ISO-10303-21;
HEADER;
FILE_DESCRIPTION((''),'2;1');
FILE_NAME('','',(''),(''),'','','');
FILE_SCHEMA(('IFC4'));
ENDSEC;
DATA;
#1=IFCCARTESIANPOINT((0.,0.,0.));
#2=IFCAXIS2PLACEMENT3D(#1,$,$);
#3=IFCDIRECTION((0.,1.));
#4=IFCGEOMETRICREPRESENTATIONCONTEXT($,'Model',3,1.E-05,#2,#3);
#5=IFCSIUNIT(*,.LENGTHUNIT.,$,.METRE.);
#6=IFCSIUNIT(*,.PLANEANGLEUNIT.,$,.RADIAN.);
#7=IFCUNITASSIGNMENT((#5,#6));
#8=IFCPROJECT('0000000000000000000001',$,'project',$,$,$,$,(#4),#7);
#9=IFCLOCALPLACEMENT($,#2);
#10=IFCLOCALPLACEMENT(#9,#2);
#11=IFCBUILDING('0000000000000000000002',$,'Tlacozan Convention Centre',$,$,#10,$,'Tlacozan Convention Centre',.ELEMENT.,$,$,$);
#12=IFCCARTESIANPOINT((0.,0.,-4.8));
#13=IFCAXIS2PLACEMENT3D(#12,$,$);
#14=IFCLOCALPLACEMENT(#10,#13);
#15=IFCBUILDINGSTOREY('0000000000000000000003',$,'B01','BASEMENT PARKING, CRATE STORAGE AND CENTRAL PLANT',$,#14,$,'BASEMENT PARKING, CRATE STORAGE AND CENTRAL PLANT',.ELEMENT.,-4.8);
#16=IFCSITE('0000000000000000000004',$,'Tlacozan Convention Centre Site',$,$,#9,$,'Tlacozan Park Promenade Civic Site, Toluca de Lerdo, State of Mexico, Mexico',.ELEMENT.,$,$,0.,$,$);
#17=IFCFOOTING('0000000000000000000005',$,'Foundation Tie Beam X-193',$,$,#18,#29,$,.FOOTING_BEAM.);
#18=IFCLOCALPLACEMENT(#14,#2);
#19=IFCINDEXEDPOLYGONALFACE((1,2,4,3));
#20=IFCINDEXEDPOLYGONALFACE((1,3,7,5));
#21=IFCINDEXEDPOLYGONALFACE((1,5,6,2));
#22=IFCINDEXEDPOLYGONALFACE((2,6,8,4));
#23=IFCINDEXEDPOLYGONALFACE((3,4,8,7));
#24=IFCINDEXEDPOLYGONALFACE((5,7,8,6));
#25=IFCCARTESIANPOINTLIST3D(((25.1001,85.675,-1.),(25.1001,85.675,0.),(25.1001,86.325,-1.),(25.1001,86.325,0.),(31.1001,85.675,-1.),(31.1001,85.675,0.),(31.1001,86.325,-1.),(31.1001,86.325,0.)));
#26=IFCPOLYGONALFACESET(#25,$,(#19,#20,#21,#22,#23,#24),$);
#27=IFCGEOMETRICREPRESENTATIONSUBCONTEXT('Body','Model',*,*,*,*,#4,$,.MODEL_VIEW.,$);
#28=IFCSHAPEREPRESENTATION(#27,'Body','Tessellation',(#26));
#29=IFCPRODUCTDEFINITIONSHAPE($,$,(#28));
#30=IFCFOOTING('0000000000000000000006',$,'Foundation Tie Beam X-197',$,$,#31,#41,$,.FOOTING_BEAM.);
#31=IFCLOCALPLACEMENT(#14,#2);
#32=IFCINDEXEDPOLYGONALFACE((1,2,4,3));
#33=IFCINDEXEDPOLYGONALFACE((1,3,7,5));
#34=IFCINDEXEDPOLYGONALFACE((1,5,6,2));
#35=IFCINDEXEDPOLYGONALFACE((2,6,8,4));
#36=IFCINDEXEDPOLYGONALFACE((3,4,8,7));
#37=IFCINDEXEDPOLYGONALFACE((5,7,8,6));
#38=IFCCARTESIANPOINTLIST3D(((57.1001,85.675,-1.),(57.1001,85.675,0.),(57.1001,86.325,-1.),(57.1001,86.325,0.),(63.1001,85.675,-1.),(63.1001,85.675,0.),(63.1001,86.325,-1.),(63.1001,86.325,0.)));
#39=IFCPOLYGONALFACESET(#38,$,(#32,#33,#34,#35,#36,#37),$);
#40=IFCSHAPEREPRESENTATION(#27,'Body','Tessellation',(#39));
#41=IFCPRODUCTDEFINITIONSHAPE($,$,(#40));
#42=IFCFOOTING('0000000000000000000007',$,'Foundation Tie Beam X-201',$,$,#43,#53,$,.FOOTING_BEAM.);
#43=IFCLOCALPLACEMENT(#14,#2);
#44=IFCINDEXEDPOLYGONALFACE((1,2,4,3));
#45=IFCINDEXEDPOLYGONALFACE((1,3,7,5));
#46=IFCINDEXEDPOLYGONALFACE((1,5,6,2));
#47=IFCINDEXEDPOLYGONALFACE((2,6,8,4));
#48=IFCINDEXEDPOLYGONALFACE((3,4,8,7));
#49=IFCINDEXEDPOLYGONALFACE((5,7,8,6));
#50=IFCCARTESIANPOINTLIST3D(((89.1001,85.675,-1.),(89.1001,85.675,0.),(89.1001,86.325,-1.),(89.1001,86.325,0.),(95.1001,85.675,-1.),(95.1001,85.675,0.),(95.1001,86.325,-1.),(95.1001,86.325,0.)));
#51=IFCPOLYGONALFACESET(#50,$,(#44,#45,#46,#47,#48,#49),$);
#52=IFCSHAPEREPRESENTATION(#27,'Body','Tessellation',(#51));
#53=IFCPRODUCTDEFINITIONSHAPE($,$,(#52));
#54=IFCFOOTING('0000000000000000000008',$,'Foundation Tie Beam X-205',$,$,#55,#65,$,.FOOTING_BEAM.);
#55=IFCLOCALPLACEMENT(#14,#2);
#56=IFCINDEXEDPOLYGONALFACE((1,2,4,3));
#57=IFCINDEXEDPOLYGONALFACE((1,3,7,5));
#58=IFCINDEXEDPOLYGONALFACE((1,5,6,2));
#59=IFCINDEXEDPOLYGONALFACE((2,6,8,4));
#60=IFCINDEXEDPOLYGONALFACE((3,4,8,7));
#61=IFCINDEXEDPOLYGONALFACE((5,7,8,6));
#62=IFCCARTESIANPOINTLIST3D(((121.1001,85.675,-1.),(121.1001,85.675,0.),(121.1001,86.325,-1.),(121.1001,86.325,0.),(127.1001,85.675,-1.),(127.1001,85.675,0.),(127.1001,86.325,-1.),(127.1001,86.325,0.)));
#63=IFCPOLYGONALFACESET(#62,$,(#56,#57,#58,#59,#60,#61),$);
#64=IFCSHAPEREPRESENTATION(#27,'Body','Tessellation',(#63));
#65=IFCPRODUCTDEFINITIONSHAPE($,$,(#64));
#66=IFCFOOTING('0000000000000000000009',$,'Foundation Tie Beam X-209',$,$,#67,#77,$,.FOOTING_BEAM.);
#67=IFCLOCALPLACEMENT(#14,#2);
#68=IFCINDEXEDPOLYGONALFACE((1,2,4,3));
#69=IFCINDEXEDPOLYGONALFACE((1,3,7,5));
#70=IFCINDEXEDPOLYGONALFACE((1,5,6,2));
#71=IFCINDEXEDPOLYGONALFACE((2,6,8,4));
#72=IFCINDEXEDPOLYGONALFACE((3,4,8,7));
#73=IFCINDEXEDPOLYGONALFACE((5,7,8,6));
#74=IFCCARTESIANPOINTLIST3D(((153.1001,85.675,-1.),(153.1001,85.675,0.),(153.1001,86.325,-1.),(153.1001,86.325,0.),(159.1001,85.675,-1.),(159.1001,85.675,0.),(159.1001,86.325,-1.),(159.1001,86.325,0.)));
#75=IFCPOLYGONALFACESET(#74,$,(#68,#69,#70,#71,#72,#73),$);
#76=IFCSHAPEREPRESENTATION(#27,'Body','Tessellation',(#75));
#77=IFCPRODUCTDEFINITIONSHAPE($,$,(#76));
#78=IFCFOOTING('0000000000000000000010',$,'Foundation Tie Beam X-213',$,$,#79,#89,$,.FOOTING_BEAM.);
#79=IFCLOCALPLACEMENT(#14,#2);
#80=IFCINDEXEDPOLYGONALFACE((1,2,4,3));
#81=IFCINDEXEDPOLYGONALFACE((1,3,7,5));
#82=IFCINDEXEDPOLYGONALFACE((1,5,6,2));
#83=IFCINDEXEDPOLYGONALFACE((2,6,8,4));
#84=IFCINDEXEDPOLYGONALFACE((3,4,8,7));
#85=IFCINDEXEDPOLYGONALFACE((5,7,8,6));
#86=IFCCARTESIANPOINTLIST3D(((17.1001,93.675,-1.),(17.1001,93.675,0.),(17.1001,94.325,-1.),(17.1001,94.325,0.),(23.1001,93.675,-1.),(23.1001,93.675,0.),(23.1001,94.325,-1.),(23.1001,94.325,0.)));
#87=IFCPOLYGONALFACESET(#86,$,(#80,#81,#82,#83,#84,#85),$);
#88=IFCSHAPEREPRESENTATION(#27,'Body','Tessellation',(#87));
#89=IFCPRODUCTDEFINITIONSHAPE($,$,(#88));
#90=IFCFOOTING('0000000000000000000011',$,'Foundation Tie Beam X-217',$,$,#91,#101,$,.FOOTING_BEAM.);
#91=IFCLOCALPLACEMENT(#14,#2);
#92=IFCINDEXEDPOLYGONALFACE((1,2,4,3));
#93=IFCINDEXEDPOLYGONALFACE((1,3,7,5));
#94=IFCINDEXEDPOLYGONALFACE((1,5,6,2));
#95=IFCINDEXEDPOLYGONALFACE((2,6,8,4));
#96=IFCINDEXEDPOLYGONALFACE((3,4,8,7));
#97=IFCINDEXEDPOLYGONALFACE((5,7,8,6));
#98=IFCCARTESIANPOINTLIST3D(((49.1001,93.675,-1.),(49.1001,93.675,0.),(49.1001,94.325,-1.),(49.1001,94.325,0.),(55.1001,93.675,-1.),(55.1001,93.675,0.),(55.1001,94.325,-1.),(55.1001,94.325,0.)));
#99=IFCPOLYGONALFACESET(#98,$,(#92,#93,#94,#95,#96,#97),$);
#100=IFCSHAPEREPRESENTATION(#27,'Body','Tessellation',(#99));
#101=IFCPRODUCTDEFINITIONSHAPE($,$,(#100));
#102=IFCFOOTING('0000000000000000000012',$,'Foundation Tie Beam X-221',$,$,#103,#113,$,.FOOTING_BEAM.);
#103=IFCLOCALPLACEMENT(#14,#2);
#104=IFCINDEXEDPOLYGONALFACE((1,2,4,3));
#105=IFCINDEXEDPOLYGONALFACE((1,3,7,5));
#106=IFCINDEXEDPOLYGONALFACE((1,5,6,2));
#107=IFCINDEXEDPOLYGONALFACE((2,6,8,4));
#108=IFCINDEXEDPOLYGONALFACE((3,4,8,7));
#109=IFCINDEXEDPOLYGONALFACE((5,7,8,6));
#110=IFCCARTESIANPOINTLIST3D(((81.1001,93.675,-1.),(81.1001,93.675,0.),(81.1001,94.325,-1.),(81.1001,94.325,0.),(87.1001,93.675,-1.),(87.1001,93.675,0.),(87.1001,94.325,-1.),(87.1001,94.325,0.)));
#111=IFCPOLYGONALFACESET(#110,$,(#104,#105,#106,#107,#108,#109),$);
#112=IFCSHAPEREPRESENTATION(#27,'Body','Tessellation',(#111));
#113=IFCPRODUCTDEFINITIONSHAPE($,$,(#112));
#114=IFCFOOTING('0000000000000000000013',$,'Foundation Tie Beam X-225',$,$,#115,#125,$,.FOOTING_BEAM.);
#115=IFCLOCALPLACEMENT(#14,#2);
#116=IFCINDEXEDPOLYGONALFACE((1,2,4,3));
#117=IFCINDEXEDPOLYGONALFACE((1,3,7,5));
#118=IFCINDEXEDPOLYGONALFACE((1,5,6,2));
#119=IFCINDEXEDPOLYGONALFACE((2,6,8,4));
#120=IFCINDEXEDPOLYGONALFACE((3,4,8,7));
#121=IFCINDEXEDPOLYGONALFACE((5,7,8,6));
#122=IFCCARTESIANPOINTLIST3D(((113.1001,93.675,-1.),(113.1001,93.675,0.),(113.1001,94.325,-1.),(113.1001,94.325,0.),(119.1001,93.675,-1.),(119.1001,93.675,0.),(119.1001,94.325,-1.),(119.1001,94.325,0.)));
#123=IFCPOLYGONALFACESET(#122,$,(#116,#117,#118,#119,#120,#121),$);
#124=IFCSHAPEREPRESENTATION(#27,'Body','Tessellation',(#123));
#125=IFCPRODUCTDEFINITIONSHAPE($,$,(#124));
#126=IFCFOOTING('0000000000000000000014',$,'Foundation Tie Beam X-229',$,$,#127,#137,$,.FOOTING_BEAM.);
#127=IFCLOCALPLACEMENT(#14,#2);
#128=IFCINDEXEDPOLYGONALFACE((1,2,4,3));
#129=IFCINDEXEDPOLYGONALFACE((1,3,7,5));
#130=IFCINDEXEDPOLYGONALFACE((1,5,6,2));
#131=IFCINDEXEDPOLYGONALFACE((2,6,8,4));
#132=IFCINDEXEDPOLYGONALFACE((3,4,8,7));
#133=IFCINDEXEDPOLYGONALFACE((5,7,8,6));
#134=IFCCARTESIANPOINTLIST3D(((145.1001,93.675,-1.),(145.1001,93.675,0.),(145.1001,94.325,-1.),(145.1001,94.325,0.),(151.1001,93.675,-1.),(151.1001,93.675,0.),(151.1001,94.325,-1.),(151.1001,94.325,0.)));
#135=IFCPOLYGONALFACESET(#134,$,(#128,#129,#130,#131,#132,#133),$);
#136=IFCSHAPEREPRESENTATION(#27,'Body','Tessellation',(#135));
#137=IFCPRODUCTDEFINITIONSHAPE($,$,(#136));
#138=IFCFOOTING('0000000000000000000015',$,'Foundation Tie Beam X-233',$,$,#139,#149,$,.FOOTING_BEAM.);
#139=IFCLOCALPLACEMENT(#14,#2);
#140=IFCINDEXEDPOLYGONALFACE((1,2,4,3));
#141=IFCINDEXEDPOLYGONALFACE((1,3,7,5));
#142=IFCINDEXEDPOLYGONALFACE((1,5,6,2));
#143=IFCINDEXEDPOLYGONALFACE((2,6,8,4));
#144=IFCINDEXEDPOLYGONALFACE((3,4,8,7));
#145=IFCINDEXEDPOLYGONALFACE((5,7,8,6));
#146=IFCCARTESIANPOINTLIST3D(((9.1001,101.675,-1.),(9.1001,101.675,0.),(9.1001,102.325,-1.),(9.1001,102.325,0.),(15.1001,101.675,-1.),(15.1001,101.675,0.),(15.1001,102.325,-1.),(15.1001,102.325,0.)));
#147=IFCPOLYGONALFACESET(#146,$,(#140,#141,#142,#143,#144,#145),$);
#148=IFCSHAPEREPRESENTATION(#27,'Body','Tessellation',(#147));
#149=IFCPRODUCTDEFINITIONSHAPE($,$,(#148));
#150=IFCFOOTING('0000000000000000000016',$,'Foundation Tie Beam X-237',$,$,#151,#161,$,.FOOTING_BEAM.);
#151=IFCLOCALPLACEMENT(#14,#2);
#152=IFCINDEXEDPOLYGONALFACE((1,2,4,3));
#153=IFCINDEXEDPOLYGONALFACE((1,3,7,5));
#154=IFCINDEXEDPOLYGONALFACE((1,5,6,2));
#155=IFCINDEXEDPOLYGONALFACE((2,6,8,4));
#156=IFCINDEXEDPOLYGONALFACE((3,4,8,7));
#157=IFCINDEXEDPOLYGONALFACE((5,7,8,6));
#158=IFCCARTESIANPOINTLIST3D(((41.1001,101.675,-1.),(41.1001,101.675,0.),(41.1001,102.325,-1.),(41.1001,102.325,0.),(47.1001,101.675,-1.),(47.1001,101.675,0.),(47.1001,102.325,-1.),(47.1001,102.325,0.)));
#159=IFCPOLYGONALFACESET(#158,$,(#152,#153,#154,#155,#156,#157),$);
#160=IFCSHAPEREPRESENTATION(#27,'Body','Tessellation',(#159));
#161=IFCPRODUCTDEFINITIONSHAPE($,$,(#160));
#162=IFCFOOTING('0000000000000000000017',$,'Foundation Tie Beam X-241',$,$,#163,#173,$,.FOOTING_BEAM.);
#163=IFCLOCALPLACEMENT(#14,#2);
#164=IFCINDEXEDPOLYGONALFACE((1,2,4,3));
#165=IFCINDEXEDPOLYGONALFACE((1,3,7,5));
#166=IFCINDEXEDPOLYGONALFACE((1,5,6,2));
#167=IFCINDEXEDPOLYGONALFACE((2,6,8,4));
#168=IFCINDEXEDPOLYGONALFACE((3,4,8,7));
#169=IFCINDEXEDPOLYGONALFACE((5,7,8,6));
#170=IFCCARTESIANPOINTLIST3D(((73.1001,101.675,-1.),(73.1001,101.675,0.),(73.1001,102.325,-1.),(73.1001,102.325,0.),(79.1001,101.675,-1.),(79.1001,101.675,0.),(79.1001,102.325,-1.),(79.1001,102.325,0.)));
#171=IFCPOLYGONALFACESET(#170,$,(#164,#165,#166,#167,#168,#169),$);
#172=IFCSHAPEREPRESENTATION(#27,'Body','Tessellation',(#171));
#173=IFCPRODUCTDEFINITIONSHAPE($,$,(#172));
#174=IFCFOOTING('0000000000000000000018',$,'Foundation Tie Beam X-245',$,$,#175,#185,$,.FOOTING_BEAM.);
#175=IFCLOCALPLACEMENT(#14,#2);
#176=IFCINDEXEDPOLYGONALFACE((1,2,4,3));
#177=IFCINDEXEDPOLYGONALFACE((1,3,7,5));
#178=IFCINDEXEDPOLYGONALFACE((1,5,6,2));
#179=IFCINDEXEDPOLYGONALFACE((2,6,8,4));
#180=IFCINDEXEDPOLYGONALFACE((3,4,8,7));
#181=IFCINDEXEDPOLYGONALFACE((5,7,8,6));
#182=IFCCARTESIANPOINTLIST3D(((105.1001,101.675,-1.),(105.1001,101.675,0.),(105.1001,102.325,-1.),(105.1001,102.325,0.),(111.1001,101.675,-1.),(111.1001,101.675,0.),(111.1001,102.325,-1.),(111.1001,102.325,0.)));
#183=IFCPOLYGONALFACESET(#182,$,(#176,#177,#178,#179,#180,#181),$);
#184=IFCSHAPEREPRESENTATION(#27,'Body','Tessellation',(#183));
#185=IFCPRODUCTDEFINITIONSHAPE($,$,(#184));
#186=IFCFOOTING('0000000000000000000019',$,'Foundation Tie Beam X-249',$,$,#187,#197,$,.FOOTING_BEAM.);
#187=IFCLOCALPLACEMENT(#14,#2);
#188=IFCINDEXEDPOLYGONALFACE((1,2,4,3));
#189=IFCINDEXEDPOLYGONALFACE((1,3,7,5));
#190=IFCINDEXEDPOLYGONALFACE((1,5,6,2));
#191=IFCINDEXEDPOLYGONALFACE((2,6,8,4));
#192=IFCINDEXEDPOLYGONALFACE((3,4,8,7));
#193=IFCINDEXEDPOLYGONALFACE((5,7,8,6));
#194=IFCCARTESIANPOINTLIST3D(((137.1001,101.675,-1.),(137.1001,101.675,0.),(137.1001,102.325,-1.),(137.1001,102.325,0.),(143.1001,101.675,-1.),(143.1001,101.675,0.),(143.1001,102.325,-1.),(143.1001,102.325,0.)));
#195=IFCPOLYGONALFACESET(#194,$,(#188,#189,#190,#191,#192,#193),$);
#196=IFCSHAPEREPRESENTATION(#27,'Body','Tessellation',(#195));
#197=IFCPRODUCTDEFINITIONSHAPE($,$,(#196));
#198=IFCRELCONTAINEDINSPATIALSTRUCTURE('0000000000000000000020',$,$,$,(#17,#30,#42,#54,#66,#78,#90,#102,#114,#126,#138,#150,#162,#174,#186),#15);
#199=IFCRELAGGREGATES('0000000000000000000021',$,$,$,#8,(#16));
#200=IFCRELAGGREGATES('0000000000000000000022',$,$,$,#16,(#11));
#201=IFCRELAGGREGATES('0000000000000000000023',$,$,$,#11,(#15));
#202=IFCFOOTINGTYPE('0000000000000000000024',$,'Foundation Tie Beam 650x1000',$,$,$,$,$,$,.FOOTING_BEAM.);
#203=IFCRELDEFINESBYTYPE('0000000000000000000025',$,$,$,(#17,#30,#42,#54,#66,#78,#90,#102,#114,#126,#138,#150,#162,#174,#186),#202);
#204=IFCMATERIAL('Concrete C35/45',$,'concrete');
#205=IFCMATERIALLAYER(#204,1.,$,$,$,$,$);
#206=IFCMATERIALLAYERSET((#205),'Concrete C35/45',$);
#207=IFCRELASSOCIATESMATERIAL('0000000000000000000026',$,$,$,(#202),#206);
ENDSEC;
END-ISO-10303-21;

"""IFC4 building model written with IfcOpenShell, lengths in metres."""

from ifc_helpers import new_model, si_unit, direction, frame, origin, place, context, subcontext, project, spatial, polyline, outline, extrude, material, layer, layer_set, type_object, element, save


model = new_model("IFC4")

# Units and contexts
model_context = context("Model", 3, precision=1e-05, world=origin(), true_north=direction((0.0, 1.0)))
body_context = subcontext(model_context, "Body", "Model", "MODEL_VIEW")
ifc_project = project(units=[si_unit("LENGTHUNIT", "METRE"), si_unit("PLANEANGLEUNIT", "RADIAN")], contexts=[model_context])

# Site, building, storey
site_placement = place(None, origin())
site = spatial("IfcSite", under=ifc_project, at=site_placement, Name="Tlacozan Convention Centre Site", LongName="Tlacozan Park Promenade Civic Site, Toluca de Lerdo, State of Mexico, Mexico", CompositionType="ELEMENT", RefElevation=0.0)
building_placement = place(site_placement, origin())
building = spatial("IfcBuilding", under=site, at=building_placement, Name="Tlacozan Convention Centre", LongName="Tlacozan Convention Centre", CompositionType="ELEMENT")
storey_placement = place(building_placement, frame((0.0, 0.0, -4.8)))
storey = spatial("IfcBuildingStorey", under=building, at=storey_placement, Name="B01", Description="BASEMENT PARKING, CRATE STORAGE AND CENTRAL PLANT", LongName="BASEMENT PARKING, CRATE STORAGE AND CENTRAL PLANT", CompositionType="ELEMENT", Elevation=-4.8)

# Footings
ifc_material = material(Name="Concrete C35/45", Category="concrete")
ifc_layer = layer(ifc_material, 1.0)
ifc_layer_set = layer_set([ifc_layer], Name="Concrete C35/45")
footing_type = type_object("IfcFootingType", Name="Foundation Tie Beam 650x1000", PredefinedType="FOOTING_BEAM", material=ifc_layer_set)
footing_1_placement = place(storey_placement, frame((0.0, 0.0, -1.0)))
element("IfcFooting", 1, at=footing_1_placement, inside=storey, type_object=footing_type, Name="Foundation Tie Beam X-193", PredefinedType="FOOTING_BEAM", context=body_context, shape_type="SweptSolid", body=[
    extrude(outline(polyline([(25.1001, 85.675), (31.1001, 85.675), (31.1001, 86.325), (25.1001, 86.325), (25.1001, 85.675)])), origin(), (0.0, 0.0, 1.0), 1.0),
])
footing_2_placement = place(storey_placement, frame((0.0, 0.0, -1.0)))
element("IfcFooting", 2, at=footing_2_placement, inside=storey, type_object=footing_type, Name="Foundation Tie Beam X-197", PredefinedType="FOOTING_BEAM", context=body_context, shape_type="SweptSolid", body=[
    extrude(outline(polyline([(57.1001, 85.675), (63.1001, 85.675), (63.1001, 86.325), (57.1001, 86.325), (57.1001, 85.675)])), origin(), (0.0, 0.0, 1.0), 1.0),
])
footing_3_placement = place(storey_placement, frame((0.0, 0.0, -1.0)))
element("IfcFooting", 3, at=footing_3_placement, inside=storey, type_object=footing_type, Name="Foundation Tie Beam X-201", PredefinedType="FOOTING_BEAM", context=body_context, shape_type="SweptSolid", body=[
    extrude(outline(polyline([(89.1001, 85.675), (95.1001, 85.675), (95.1001, 86.325), (89.1001, 86.325), (89.1001, 85.675)])), origin(), (0.0, 0.0, 1.0), 1.0),
])
footing_4_placement = place(storey_placement, frame((0.0, 0.0, -1.0)))
element("IfcFooting", 4, at=footing_4_placement, inside=storey, type_object=footing_type, Name="Foundation Tie Beam X-205", PredefinedType="FOOTING_BEAM", context=body_context, shape_type="SweptSolid", body=[
    extrude(outline(polyline([(121.1001, 85.675), (127.1001, 85.675), (127.1001, 86.325), (121.1001, 86.325), (121.1001, 85.675)])), origin(), (0.0, 0.0, 1.0), 1.0),
])
footing_5_placement = place(storey_placement, frame((0.0, 0.0, -1.0)))
element("IfcFooting", 5, at=footing_5_placement, inside=storey, type_object=footing_type, Name="Foundation Tie Beam X-209", PredefinedType="FOOTING_BEAM", context=body_context, shape_type="SweptSolid", body=[
    extrude(outline(polyline([(153.1001, 85.675), (159.1001, 85.675), (159.1001, 86.325), (153.1001, 86.325), (153.1001, 85.675)])), origin(), (0.0, 0.0, 1.0), 1.0),
])
footing_6_placement = place(storey_placement, frame((0.0, 0.0, -1.0)))
element("IfcFooting", 6, at=footing_6_placement, inside=storey, type_object=footing_type, Name="Foundation Tie Beam X-213", PredefinedType="FOOTING_BEAM", context=body_context, shape_type="SweptSolid", body=[
    extrude(outline(polyline([(17.1001, 93.675), (23.1001, 93.675), (23.1001, 94.325), (17.1001, 94.325), (17.1001, 93.675)])), origin(), (0.0, 0.0, 1.0), 1.0),
])
footing_7_placement = place(storey_placement, frame((0.0, 0.0, -1.0)))
element("IfcFooting", 7, at=footing_7_placement, inside=storey, type_object=footing_type, Name="Foundation Tie Beam X-217", PredefinedType="FOOTING_BEAM", context=body_context, shape_type="SweptSolid", body=[
    extrude(outline(polyline([(49.1001, 93.675), (55.1001, 93.675), (55.1001, 94.325), (49.1001, 94.325), (49.1001, 93.675)])), origin(), (0.0, 0.0, 1.0), 1.0),
])
footing_8_placement = place(storey_placement, frame((0.0, 0.0, -1.0)))
element("IfcFooting", 8, at=footing_8_placement, inside=storey, type_object=footing_type, Name="Foundation Tie Beam X-221", PredefinedType="FOOTING_BEAM", context=body_context, shape_type="SweptSolid", body=[
    extrude(outline(polyline([(81.1001, 93.675), (87.1001, 93.675), (87.1001, 94.325), (81.1001, 94.325), (81.1001, 93.675)])), origin(), (0.0, 0.0, 1.0), 1.0),
])
footing_9_placement = place(storey_placement, frame((0.0, 0.0, -1.0)))
element("IfcFooting", 9, at=footing_9_placement, inside=storey, type_object=footing_type, Name="Foundation Tie Beam X-225", PredefinedType="FOOTING_BEAM", context=body_context, shape_type="SweptSolid", body=[
    extrude(outline(polyline([(113.1001, 93.675), (119.1001, 93.675), (119.1001, 94.325), (113.1001, 94.325), (113.1001, 93.675)])), origin(), (0.0, 0.0, 1.0), 1.0),
])
footing_10_placement = place(storey_placement, frame((0.0, 0.0, -1.0)))
element("IfcFooting", 10, at=footing_10_placement, inside=storey, type_object=footing_type, Name="Foundation Tie Beam X-229", PredefinedType="FOOTING_BEAM", context=body_context, shape_type="SweptSolid", body=[
    extrude(outline(polyline([(145.1001, 93.675), (151.1001, 93.675), (151.1001, 94.325), (145.1001, 94.325), (145.1001, 93.675)])), origin(), (0.0, 0.0, 1.0), 1.0),
])
footing_11_placement = place(storey_placement, frame((0.0, 0.0, -1.0)))
element("IfcFooting", 11, at=footing_11_placement, inside=storey, type_object=footing_type, Name="Foundation Tie Beam X-233", PredefinedType="FOOTING_BEAM", context=body_context, shape_type="SweptSolid", body=[
    extrude(outline(polyline([(9.1001, 101.675), (15.1001, 101.675), (15.1001, 102.325), (9.1001, 102.325), (9.1001, 101.675)])), origin(), (0.0, 0.0, 1.0), 1.0),
])
footing_12_placement = place(storey_placement, frame((0.0, 0.0, -1.0)))
element("IfcFooting", 12, at=footing_12_placement, inside=storey, type_object=footing_type, Name="Foundation Tie Beam X-237", PredefinedType="FOOTING_BEAM", context=body_context, shape_type="SweptSolid", body=[
    extrude(outline(polyline([(41.1001, 101.675), (47.1001, 101.675), (47.1001, 102.325), (41.1001, 102.325), (41.1001, 101.675)])), origin(), (0.0, 0.0, 1.0), 1.0),
])
footing_13_placement = place(storey_placement, frame((0.0, 0.0, -1.0)))
element("IfcFooting", 13, at=footing_13_placement, inside=storey, type_object=footing_type, Name="Foundation Tie Beam X-241", PredefinedType="FOOTING_BEAM", context=body_context, shape_type="SweptSolid", body=[
    extrude(outline(polyline([(73.1001, 101.675), (79.1001, 101.675), (79.1001, 102.325), (73.1001, 102.325), (73.1001, 101.675)])), origin(), (0.0, 0.0, 1.0), 1.0),
])
footing_14_placement = place(storey_placement, frame((0.0, 0.0, -1.0)))
element("IfcFooting", 14, at=footing_14_placement, inside=storey, type_object=footing_type, Name="Foundation Tie Beam X-245", PredefinedType="FOOTING_BEAM", context=body_context, shape_type="SweptSolid", body=[
    extrude(outline(polyline([(105.1001, 101.675), (111.1001, 101.675), (111.1001, 102.325), (105.1001, 102.325), (105.1001, 101.675)])), origin(), (0.0, 0.0, 1.0), 1.0),
])
footing_15_placement = place(storey_placement, frame((0.0, 0.0, -1.0)))
element("IfcFooting", 15, at=footing_15_placement, inside=storey, type_object=footing_type, Name="Foundation Tie Beam X-249", PredefinedType="FOOTING_BEAM", context=body_context, shape_type="SweptSolid", body=[
    extrude(outline(polyline([(137.1001, 101.675), (143.1001, 101.675), (143.1001, 102.325), (137.1001, 102.325), (137.1001, 101.675)])), origin(), (0.0, 0.0, 1.0), 1.0),
])

save(model, "model.ifc")
